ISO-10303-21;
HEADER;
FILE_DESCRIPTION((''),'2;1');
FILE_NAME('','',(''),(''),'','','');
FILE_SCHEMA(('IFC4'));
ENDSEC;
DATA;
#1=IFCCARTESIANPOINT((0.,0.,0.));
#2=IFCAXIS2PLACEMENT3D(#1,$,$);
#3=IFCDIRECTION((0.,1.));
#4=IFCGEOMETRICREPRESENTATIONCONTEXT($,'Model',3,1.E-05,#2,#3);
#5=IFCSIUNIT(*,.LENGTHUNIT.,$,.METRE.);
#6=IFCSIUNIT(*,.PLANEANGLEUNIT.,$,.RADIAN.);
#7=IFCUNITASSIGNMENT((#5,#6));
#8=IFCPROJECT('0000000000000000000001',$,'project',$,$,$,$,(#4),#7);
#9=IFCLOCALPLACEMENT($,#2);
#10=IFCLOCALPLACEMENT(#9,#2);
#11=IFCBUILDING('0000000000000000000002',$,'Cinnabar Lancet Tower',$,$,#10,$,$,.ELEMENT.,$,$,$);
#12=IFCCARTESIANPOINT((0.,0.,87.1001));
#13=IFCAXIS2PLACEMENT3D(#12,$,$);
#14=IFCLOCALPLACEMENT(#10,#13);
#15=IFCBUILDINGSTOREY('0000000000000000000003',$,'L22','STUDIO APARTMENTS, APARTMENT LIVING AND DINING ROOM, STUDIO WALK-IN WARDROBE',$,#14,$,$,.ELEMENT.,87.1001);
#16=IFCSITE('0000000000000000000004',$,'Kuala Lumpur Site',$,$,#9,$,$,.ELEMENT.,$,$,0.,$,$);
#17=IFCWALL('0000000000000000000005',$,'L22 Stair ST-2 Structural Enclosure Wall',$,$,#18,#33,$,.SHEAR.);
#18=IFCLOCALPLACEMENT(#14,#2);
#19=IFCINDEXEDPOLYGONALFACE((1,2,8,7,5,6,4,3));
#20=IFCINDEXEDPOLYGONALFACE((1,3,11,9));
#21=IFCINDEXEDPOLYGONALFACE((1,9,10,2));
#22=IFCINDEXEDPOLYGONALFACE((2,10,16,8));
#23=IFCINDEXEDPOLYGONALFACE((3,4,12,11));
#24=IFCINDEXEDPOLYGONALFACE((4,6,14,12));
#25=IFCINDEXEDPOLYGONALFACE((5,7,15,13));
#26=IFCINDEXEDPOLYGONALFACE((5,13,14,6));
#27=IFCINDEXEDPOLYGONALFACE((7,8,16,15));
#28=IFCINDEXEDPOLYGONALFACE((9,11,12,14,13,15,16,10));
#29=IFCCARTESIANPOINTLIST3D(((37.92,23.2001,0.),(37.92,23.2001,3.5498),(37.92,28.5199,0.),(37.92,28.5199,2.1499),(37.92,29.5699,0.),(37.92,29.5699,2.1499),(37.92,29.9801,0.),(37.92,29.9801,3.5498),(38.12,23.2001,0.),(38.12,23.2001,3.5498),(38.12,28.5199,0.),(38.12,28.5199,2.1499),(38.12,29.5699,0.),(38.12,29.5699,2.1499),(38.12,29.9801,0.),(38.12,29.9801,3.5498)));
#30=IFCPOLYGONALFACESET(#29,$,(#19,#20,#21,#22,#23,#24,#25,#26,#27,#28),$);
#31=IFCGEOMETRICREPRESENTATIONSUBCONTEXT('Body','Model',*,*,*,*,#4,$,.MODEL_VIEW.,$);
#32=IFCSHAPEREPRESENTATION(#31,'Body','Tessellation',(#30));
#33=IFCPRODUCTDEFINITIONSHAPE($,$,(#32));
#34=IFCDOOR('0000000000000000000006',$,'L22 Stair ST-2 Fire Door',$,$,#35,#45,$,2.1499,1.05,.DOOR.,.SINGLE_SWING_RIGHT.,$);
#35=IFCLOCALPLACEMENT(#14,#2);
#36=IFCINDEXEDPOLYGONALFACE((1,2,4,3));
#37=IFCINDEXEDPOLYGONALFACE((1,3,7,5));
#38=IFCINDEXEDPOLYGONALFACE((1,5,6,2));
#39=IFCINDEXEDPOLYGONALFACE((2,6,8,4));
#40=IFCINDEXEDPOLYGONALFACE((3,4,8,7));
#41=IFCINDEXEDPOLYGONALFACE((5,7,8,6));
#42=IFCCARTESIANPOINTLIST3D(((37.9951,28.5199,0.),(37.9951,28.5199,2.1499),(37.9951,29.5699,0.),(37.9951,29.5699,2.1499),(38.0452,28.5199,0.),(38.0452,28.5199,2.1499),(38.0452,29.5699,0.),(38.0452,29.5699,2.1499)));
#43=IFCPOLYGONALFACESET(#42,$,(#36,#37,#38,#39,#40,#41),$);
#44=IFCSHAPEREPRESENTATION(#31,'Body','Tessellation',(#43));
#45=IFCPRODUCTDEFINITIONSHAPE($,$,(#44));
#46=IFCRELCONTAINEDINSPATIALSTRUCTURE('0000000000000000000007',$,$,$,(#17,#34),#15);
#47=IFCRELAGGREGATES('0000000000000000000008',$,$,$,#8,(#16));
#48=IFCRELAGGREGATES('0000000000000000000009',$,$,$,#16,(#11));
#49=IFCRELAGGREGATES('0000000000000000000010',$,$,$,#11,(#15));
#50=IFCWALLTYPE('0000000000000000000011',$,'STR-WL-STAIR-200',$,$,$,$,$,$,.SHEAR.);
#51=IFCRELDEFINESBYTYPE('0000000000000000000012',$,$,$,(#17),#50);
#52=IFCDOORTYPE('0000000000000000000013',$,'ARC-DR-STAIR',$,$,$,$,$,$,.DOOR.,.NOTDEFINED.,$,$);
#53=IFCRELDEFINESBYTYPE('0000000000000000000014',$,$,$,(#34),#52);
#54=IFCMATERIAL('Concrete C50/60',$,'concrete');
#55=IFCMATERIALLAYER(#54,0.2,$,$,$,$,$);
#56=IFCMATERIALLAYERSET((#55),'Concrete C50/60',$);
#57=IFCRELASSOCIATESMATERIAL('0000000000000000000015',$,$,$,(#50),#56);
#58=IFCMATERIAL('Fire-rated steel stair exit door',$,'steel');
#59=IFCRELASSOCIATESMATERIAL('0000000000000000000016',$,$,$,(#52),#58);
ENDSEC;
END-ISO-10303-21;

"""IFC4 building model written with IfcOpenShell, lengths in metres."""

from ifc_helpers import new_model, si_unit, direction, frame, frame_2d, origin, place, context, subcontext, project, spatial, rectangle, extrude, material, layer, layer_set, type_object, element, fill, save


model = new_model("IFC4")

# Units and contexts
model_context = context("Model", 3, precision=1e-05, world=origin(), true_north=direction((0.0, 1.0)))
body_context = subcontext(model_context, "Body", "Model", "MODEL_VIEW")
ifc_project = project(units=[si_unit("LENGTHUNIT", "METRE"), si_unit("PLANEANGLEUNIT", "RADIAN")], contexts=[model_context])

# Site, building, storey
site_placement = place(None, origin())
site = spatial("IfcSite", under=ifc_project, at=site_placement, Name="Kuala Lumpur Site", CompositionType="ELEMENT", RefElevation=0.0)
building_placement = place(site_placement, origin())
building = spatial("IfcBuilding", under=site, at=building_placement, Name="Cinnabar Lancet Tower", CompositionType="ELEMENT")
storey_placement = place(building_placement, frame((0.0, 0.0, 87.1001)))
storey = spatial("IfcBuildingStorey", under=building, at=storey_placement, Name="L22", Description="STUDIO APARTMENTS, APARTMENT LIVING AND DINING ROOM, STUDIO WALK-IN WARDROBE", CompositionType="ELEMENT", Elevation=87.1001)

# Wall, opening, door
ifc_material_1 = material(Name="Concrete C50/60", Category="concrete")
ifc_layer_1 = layer(ifc_material_1, 0.2)
ifc_layer_set_1 = layer_set([ifc_layer_1], Name="Concrete C50/60")
wall_type_1 = type_object("IfcWallType", Name="STR-WL-STAIR-200", PredefinedType="SHEAR", material=ifc_layer_set_1)
wall_1_placement = place(storey_placement, frame((38.02, 23.2, 0.0), z_axis=(0.0, 0.0, 1.0), x_axis=(0.0, 1.0, 0.0)))
wall_1 = element("IfcWall", 1, at=wall_1_placement, inside=storey, type_object=wall_type_1, Name="L22 Stair ST-2 Structural Enclosure Wall", PredefinedType="SHEAR", context=body_context, shape_type="SweptSolid", body=[
    extrude(rectangle(XDim=6.78, YDim=0.2, at=frame_2d((3.3901, 0.0))), origin(), (0.0, 0.0, 1.0), 3.5498),
])
opening_1_placement = place(wall_1_placement, frame((5.3201, 0.0, 0.0)))
opening_1 = element("IfcOpeningElement", 2, at=opening_1_placement, cuts=wall_1, PredefinedType="OPENING", context=body_context, shape_type="SweptSolid", body=[
    extrude(rectangle(XDim=1.05, YDim=2.1499, at=frame_2d((0.5249, 1.075))), frame((0.0, 0.1099, 0.0), z_axis=(0.0, -1.0, 0.0), x_axis=(1.0, 0.0, 0.0)), (0.0, 0.0, 1.0), 0.22),
])
ifc_material_2 = material(Name="Fire-rated steel stair exit door", Category="steel")
door_type_1 = type_object("IfcDoorType", Name="ARC-DR-STAIR", OperationType="NOTDEFINED", PredefinedType="DOOR", material=ifc_material_2)
door_1_placement = place(opening_1_placement, origin())
door_1 = element("IfcDoor", 3, at=door_1_placement, inside=storey, type_object=door_type_1, Name="L22 Stair ST-2 Fire Door", OperationType="SINGLE_SWING_RIGHT", OverallHeight=2.1499, OverallWidth=1.05, PredefinedType="DOOR", context=body_context, shape_type="SweptSolid", body=[
    extrude(rectangle(XDim=1.05, YDim=2.1499, at=frame_2d((0.5249, 1.075))), frame((0.0, 0.0249, 0.0), z_axis=(0.0, -1.0, 0.0), x_axis=(1.0, 0.0, 0.0)), (0.0, 0.0, 1.0), 0.05),
])
fill(opening_1, door_1)

save(model, "model.ifc")
